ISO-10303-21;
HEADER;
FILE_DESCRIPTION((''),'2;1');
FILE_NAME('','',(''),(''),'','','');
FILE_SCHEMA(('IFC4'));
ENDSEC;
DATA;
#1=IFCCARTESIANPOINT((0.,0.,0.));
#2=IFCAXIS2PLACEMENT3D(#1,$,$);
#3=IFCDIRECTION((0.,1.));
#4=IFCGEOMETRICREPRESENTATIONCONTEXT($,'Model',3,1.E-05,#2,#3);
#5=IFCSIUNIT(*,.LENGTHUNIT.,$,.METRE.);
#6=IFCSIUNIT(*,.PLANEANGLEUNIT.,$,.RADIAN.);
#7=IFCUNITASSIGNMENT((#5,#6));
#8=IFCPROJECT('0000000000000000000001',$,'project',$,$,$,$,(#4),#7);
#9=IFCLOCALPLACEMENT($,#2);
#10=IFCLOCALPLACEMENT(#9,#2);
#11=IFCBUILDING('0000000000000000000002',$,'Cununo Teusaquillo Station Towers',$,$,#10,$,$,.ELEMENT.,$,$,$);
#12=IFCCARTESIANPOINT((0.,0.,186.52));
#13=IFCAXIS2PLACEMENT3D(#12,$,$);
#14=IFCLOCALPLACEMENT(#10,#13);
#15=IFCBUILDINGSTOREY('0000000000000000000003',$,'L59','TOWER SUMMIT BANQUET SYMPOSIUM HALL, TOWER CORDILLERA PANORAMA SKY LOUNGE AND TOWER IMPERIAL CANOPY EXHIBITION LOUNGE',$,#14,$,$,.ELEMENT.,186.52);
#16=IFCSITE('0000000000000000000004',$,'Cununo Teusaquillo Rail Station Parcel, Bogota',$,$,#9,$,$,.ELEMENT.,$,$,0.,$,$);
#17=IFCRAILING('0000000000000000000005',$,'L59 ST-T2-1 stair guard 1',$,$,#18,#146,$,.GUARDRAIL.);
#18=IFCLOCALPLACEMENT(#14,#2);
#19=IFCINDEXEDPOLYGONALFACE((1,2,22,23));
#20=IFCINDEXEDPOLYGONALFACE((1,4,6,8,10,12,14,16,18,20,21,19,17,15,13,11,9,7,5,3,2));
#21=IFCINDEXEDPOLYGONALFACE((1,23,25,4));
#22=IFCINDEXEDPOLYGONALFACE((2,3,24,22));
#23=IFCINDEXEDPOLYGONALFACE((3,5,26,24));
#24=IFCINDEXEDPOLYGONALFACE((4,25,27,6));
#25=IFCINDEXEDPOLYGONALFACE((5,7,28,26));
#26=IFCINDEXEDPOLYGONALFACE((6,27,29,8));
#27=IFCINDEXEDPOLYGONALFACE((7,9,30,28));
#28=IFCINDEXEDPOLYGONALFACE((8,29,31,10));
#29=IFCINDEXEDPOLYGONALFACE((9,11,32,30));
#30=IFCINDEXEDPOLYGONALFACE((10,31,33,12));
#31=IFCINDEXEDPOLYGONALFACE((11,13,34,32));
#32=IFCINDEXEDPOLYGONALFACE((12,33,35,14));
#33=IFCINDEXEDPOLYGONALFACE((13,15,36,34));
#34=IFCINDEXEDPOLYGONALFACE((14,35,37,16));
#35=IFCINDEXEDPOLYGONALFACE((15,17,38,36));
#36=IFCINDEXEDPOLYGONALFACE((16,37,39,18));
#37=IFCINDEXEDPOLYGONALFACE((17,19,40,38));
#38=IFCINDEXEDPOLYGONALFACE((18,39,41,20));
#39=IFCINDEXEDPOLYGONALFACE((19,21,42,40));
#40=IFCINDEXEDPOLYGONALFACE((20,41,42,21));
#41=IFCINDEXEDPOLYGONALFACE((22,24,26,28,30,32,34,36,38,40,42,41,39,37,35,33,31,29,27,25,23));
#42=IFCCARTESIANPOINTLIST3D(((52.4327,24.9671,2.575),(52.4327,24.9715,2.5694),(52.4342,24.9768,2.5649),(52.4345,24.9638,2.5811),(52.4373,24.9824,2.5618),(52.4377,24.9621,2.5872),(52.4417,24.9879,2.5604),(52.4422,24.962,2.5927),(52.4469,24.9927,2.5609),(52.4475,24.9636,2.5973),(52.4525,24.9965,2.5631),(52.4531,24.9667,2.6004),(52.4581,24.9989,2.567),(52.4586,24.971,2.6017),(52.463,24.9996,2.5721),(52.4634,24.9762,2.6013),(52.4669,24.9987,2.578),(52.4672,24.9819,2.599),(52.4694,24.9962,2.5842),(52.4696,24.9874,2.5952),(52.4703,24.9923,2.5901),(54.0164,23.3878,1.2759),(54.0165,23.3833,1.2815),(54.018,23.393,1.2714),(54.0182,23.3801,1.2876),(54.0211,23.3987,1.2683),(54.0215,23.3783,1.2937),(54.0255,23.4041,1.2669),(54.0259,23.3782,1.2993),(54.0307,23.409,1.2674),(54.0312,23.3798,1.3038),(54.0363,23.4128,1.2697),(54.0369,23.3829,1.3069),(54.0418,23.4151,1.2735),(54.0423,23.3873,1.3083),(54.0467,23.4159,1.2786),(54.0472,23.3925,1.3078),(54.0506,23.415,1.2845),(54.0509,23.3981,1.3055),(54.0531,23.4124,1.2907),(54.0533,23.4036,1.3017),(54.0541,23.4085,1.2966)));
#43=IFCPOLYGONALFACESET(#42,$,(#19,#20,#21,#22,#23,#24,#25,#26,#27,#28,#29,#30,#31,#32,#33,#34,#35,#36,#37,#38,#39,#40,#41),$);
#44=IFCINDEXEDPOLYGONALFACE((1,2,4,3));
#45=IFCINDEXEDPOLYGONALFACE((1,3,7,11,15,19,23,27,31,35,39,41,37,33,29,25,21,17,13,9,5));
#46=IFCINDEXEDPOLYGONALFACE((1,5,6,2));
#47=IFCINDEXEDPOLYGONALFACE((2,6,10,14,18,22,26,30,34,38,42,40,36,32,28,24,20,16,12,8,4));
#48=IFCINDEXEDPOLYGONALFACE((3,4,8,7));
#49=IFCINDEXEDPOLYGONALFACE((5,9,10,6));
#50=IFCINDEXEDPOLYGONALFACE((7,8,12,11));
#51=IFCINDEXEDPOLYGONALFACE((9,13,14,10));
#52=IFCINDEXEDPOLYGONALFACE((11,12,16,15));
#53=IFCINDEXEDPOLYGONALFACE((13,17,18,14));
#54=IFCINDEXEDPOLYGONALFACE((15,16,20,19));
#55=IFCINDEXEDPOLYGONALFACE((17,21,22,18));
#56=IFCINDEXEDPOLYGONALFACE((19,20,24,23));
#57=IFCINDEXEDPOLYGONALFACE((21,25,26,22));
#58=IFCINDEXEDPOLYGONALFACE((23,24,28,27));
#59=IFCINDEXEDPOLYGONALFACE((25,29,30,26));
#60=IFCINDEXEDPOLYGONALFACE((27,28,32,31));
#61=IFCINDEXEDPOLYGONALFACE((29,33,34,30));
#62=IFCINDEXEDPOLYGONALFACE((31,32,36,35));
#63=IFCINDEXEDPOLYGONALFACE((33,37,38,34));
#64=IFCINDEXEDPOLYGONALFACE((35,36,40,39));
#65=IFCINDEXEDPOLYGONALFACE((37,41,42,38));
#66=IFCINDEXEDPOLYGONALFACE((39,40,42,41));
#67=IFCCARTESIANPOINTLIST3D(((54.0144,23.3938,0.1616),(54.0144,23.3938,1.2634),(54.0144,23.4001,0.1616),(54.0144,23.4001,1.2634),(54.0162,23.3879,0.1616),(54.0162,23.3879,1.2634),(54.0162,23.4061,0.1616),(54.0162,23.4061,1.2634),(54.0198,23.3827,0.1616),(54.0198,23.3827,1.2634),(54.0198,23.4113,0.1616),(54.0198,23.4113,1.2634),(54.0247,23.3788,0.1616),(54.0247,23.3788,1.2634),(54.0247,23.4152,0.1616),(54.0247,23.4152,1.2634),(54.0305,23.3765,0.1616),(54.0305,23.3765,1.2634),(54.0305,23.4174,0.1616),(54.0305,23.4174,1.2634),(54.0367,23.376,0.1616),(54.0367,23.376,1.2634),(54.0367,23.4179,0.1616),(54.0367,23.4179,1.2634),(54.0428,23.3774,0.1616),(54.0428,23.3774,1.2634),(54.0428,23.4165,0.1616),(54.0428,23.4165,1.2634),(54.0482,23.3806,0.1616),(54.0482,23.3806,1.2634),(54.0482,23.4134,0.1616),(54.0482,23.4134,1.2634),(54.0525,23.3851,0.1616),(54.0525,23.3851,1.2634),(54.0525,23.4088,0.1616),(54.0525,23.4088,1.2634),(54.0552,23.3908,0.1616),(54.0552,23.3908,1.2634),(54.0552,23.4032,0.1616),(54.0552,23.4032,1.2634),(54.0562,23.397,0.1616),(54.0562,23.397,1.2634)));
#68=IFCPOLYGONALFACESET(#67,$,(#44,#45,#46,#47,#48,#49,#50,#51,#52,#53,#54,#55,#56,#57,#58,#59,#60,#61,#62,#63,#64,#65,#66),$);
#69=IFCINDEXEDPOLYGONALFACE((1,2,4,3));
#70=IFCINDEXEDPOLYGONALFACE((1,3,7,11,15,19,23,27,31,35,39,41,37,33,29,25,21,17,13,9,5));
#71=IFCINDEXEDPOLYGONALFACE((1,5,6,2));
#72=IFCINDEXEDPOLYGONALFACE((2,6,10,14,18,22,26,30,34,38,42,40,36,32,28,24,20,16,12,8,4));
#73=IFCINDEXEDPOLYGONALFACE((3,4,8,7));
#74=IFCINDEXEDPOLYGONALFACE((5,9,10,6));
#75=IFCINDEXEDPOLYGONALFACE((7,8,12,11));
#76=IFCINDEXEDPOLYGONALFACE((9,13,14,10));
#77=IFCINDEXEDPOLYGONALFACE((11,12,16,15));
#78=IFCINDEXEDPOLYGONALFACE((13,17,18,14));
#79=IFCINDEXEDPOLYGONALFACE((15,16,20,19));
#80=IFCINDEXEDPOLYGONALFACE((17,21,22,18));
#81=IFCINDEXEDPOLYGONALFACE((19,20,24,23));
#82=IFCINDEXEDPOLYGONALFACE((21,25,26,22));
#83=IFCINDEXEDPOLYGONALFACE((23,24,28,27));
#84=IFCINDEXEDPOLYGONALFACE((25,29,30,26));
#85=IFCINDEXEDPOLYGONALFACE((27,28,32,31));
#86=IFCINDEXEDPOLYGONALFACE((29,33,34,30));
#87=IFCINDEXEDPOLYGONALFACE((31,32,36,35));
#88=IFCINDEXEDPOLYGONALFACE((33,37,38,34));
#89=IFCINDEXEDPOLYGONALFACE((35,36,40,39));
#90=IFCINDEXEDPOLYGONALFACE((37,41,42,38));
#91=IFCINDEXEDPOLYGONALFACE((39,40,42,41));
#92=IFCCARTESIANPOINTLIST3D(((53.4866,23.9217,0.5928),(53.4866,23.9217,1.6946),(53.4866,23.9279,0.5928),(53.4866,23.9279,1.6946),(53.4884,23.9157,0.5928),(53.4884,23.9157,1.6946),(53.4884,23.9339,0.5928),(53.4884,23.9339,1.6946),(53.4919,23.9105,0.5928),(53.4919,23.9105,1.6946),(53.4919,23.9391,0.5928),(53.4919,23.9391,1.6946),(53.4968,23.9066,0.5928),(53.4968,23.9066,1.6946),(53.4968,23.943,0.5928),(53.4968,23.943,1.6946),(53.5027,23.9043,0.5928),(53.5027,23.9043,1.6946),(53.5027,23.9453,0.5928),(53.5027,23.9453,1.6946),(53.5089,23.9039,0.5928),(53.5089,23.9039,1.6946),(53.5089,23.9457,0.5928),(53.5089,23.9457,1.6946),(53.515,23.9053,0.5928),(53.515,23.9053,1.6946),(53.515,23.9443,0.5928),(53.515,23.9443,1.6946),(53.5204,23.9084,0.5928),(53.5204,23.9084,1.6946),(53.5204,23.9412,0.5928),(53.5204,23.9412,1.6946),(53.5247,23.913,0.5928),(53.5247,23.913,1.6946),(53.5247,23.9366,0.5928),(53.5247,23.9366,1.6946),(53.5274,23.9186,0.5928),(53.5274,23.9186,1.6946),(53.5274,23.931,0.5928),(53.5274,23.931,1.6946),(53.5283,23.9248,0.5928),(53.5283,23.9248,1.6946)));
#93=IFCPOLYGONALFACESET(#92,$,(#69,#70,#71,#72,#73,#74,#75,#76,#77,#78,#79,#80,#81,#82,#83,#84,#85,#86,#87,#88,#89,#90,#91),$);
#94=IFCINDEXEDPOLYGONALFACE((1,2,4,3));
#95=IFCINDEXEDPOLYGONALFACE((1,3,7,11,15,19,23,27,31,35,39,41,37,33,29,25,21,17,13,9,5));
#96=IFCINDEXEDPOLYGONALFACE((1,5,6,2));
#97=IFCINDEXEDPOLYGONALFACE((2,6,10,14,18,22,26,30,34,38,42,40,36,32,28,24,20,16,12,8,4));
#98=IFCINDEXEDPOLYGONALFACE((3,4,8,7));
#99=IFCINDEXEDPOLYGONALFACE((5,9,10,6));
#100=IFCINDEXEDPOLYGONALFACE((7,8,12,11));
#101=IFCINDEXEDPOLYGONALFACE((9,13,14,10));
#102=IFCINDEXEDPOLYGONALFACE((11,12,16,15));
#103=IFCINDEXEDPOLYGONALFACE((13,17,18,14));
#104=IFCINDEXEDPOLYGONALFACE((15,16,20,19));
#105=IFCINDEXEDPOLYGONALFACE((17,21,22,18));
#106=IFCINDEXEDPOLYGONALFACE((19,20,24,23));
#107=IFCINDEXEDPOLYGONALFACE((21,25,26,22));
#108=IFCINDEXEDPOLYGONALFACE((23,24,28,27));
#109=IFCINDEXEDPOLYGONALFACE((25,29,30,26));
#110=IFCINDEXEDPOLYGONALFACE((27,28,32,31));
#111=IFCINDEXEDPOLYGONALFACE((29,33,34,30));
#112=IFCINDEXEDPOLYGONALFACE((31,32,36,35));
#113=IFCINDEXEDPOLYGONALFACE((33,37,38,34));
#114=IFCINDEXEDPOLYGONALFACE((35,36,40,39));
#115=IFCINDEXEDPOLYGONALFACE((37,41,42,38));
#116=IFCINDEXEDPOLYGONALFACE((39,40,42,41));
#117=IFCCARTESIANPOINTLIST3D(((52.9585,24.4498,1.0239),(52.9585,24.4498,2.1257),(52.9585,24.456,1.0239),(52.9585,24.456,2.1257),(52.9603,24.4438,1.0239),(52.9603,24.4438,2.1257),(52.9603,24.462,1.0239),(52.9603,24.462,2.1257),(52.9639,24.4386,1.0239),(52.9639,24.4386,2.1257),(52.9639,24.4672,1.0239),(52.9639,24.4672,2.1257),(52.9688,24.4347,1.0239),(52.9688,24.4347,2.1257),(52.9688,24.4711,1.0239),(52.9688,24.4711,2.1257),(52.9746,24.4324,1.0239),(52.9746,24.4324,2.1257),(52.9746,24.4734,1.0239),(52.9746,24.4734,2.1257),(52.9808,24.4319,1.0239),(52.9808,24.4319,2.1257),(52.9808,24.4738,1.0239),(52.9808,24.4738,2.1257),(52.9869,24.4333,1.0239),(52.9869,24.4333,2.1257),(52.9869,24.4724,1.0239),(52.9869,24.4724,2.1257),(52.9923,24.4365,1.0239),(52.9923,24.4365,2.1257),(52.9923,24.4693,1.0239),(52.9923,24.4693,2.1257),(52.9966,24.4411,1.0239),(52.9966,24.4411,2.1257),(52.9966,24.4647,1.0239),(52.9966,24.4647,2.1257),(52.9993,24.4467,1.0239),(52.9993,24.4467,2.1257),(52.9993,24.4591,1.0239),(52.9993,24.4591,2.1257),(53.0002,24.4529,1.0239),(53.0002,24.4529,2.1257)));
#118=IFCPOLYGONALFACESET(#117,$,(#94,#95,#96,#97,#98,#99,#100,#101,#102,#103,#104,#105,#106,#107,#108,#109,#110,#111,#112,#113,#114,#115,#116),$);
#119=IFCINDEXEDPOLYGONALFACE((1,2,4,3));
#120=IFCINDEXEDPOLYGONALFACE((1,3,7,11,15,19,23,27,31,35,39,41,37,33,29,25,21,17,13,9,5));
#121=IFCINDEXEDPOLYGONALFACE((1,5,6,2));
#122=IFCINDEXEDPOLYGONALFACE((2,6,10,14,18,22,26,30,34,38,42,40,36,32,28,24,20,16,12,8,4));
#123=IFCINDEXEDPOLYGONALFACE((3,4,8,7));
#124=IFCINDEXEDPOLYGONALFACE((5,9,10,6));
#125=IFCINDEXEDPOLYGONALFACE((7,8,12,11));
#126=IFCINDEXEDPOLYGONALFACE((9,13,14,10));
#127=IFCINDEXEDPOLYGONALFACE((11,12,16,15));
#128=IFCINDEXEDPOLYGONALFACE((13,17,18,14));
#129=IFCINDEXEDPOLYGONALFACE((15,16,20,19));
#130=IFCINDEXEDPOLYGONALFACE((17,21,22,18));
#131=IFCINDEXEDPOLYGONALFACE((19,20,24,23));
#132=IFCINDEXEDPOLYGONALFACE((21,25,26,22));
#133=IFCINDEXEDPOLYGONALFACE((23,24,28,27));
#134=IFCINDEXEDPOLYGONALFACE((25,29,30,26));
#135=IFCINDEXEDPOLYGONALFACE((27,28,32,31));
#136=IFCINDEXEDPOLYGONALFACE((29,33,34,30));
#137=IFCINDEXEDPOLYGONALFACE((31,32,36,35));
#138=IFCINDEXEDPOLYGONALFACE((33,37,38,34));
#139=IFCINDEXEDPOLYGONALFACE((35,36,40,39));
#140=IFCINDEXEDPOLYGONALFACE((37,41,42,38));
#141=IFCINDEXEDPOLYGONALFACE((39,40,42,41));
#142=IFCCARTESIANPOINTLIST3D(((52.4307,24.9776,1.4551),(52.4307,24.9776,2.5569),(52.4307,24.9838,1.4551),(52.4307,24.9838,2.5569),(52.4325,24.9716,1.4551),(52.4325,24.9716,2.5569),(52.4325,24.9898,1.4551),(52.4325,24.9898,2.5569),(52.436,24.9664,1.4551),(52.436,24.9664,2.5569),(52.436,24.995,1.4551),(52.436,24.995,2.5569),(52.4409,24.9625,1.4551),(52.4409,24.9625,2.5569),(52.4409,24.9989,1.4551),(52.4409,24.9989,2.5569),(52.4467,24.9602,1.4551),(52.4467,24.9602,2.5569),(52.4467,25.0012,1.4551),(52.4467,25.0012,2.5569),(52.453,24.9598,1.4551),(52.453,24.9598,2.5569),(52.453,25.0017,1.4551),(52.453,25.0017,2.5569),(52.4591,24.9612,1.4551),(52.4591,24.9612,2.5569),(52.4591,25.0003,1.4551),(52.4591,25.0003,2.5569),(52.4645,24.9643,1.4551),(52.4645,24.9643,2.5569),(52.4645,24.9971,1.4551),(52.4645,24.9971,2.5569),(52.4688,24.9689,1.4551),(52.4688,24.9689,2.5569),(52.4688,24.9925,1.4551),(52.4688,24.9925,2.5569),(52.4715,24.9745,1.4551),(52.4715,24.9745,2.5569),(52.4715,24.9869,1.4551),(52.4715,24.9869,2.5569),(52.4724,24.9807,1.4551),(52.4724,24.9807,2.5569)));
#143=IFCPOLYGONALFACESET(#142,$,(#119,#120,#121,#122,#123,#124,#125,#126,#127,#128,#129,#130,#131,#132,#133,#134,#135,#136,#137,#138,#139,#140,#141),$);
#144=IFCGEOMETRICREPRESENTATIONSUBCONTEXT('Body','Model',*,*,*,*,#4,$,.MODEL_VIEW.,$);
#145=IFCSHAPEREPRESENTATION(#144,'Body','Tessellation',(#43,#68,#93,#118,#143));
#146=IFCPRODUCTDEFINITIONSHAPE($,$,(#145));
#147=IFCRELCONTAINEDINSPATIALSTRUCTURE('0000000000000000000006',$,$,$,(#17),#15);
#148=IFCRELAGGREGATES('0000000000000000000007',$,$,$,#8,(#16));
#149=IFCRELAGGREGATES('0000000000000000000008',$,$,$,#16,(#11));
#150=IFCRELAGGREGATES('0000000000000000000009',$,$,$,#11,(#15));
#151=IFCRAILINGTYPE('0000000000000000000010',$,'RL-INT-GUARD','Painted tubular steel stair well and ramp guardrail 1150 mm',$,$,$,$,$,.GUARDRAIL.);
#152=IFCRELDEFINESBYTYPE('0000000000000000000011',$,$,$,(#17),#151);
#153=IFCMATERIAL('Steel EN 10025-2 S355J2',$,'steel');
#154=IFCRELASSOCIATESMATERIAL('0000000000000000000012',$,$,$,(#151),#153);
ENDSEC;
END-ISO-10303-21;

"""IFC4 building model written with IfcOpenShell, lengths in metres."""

from ifc_helpers import new_model, si_unit, direction, frame, origin, origin_2d, place, context, subcontext, project, spatial, circle, extrude, material, type_object, element, save


model = new_model("IFC4")

# Units and contexts
model_context = context("Model", 3, precision=1e-05, world=origin(), true_north=direction((0.0, 1.0)))
body_context = subcontext(model_context, "Body", "Model", "MODEL_VIEW")
ifc_project = project(units=[si_unit("LENGTHUNIT", "METRE"), si_unit("PLANEANGLEUNIT", "RADIAN")], contexts=[model_context])

# Site, building, storey
site_placement = place(None, origin())
site = spatial("IfcSite", under=ifc_project, at=site_placement, Name="Cununo Teusaquillo Rail Station Parcel, Bogota", CompositionType="ELEMENT", RefElevation=0.0)
building_placement = place(site_placement, origin())
building = spatial("IfcBuilding", under=site, at=building_placement, Name="Cununo Teusaquillo Station Towers", CompositionType="ELEMENT")
storey_placement = place(building_placement, frame((0.0, 0.0, 186.52)))
storey = spatial("IfcBuildingStorey", under=building, at=storey_placement, Name="L59", Description="TOWER SUMMIT BANQUET SYMPOSIUM HALL, TOWER CORDILLERA PANORAMA SKY LOUNGE AND TOWER IMPERIAL CANOPY EXHIBITION LOUNGE", CompositionType="ELEMENT", Elevation=186.52)

# Railing
ifc_material_1 = material(Name="Steel EN 10025-2 S355J2", Category="steel")
railing_type_1 = type_object("IfcRailingType", Name="RL-INT-GUARD", Description="Painted tubular steel stair well and ramp guardrail 1150 mm", PredefinedType="GUARDRAIL", material=ifc_material_1)
railing_1_placement = place(storey_placement, frame((54.0352, 23.397, 0.1616)))
element("IfcRailing", 1, at=railing_1_placement, inside=storey, type_object=railing_type_1, Name="L59 ST-T2-1 stair guard 1", PredefinedType="GUARDRAIL", context=body_context, shape_type="SweptSolid", body=[
    extrude(circle(Radius=0.0239, at=origin_2d()), frame((0.0, 0.0, 1.126), z_axis=(-0.612332, 0.612332, 0.500098), x_axis=(-0.707107, -0.707107, 0.0)), (0.0, 0.0, 1.0), 2.5864),
    extrude(circle(Radius=0.021, at=origin_2d()), origin(), (0.0, 0.0, 1.0), 1.1018),
    extrude(circle(Radius=0.021, at=origin_2d()), frame((-0.5278, 0.5278, 0.4312)), (0.0, 0.0, 1.0), 1.1018),
    extrude(circle(Radius=0.021, at=origin_2d()), frame((-1.0559, 1.0559, 0.8623)), (0.0, 0.0, 1.0), 1.1018),
    extrude(circle(Radius=0.021, at=origin_2d()), frame((-1.5837, 1.5837, 1.2935)), (0.0, 0.0, 1.0), 1.1018),
])

save(model, "model.ifc")
